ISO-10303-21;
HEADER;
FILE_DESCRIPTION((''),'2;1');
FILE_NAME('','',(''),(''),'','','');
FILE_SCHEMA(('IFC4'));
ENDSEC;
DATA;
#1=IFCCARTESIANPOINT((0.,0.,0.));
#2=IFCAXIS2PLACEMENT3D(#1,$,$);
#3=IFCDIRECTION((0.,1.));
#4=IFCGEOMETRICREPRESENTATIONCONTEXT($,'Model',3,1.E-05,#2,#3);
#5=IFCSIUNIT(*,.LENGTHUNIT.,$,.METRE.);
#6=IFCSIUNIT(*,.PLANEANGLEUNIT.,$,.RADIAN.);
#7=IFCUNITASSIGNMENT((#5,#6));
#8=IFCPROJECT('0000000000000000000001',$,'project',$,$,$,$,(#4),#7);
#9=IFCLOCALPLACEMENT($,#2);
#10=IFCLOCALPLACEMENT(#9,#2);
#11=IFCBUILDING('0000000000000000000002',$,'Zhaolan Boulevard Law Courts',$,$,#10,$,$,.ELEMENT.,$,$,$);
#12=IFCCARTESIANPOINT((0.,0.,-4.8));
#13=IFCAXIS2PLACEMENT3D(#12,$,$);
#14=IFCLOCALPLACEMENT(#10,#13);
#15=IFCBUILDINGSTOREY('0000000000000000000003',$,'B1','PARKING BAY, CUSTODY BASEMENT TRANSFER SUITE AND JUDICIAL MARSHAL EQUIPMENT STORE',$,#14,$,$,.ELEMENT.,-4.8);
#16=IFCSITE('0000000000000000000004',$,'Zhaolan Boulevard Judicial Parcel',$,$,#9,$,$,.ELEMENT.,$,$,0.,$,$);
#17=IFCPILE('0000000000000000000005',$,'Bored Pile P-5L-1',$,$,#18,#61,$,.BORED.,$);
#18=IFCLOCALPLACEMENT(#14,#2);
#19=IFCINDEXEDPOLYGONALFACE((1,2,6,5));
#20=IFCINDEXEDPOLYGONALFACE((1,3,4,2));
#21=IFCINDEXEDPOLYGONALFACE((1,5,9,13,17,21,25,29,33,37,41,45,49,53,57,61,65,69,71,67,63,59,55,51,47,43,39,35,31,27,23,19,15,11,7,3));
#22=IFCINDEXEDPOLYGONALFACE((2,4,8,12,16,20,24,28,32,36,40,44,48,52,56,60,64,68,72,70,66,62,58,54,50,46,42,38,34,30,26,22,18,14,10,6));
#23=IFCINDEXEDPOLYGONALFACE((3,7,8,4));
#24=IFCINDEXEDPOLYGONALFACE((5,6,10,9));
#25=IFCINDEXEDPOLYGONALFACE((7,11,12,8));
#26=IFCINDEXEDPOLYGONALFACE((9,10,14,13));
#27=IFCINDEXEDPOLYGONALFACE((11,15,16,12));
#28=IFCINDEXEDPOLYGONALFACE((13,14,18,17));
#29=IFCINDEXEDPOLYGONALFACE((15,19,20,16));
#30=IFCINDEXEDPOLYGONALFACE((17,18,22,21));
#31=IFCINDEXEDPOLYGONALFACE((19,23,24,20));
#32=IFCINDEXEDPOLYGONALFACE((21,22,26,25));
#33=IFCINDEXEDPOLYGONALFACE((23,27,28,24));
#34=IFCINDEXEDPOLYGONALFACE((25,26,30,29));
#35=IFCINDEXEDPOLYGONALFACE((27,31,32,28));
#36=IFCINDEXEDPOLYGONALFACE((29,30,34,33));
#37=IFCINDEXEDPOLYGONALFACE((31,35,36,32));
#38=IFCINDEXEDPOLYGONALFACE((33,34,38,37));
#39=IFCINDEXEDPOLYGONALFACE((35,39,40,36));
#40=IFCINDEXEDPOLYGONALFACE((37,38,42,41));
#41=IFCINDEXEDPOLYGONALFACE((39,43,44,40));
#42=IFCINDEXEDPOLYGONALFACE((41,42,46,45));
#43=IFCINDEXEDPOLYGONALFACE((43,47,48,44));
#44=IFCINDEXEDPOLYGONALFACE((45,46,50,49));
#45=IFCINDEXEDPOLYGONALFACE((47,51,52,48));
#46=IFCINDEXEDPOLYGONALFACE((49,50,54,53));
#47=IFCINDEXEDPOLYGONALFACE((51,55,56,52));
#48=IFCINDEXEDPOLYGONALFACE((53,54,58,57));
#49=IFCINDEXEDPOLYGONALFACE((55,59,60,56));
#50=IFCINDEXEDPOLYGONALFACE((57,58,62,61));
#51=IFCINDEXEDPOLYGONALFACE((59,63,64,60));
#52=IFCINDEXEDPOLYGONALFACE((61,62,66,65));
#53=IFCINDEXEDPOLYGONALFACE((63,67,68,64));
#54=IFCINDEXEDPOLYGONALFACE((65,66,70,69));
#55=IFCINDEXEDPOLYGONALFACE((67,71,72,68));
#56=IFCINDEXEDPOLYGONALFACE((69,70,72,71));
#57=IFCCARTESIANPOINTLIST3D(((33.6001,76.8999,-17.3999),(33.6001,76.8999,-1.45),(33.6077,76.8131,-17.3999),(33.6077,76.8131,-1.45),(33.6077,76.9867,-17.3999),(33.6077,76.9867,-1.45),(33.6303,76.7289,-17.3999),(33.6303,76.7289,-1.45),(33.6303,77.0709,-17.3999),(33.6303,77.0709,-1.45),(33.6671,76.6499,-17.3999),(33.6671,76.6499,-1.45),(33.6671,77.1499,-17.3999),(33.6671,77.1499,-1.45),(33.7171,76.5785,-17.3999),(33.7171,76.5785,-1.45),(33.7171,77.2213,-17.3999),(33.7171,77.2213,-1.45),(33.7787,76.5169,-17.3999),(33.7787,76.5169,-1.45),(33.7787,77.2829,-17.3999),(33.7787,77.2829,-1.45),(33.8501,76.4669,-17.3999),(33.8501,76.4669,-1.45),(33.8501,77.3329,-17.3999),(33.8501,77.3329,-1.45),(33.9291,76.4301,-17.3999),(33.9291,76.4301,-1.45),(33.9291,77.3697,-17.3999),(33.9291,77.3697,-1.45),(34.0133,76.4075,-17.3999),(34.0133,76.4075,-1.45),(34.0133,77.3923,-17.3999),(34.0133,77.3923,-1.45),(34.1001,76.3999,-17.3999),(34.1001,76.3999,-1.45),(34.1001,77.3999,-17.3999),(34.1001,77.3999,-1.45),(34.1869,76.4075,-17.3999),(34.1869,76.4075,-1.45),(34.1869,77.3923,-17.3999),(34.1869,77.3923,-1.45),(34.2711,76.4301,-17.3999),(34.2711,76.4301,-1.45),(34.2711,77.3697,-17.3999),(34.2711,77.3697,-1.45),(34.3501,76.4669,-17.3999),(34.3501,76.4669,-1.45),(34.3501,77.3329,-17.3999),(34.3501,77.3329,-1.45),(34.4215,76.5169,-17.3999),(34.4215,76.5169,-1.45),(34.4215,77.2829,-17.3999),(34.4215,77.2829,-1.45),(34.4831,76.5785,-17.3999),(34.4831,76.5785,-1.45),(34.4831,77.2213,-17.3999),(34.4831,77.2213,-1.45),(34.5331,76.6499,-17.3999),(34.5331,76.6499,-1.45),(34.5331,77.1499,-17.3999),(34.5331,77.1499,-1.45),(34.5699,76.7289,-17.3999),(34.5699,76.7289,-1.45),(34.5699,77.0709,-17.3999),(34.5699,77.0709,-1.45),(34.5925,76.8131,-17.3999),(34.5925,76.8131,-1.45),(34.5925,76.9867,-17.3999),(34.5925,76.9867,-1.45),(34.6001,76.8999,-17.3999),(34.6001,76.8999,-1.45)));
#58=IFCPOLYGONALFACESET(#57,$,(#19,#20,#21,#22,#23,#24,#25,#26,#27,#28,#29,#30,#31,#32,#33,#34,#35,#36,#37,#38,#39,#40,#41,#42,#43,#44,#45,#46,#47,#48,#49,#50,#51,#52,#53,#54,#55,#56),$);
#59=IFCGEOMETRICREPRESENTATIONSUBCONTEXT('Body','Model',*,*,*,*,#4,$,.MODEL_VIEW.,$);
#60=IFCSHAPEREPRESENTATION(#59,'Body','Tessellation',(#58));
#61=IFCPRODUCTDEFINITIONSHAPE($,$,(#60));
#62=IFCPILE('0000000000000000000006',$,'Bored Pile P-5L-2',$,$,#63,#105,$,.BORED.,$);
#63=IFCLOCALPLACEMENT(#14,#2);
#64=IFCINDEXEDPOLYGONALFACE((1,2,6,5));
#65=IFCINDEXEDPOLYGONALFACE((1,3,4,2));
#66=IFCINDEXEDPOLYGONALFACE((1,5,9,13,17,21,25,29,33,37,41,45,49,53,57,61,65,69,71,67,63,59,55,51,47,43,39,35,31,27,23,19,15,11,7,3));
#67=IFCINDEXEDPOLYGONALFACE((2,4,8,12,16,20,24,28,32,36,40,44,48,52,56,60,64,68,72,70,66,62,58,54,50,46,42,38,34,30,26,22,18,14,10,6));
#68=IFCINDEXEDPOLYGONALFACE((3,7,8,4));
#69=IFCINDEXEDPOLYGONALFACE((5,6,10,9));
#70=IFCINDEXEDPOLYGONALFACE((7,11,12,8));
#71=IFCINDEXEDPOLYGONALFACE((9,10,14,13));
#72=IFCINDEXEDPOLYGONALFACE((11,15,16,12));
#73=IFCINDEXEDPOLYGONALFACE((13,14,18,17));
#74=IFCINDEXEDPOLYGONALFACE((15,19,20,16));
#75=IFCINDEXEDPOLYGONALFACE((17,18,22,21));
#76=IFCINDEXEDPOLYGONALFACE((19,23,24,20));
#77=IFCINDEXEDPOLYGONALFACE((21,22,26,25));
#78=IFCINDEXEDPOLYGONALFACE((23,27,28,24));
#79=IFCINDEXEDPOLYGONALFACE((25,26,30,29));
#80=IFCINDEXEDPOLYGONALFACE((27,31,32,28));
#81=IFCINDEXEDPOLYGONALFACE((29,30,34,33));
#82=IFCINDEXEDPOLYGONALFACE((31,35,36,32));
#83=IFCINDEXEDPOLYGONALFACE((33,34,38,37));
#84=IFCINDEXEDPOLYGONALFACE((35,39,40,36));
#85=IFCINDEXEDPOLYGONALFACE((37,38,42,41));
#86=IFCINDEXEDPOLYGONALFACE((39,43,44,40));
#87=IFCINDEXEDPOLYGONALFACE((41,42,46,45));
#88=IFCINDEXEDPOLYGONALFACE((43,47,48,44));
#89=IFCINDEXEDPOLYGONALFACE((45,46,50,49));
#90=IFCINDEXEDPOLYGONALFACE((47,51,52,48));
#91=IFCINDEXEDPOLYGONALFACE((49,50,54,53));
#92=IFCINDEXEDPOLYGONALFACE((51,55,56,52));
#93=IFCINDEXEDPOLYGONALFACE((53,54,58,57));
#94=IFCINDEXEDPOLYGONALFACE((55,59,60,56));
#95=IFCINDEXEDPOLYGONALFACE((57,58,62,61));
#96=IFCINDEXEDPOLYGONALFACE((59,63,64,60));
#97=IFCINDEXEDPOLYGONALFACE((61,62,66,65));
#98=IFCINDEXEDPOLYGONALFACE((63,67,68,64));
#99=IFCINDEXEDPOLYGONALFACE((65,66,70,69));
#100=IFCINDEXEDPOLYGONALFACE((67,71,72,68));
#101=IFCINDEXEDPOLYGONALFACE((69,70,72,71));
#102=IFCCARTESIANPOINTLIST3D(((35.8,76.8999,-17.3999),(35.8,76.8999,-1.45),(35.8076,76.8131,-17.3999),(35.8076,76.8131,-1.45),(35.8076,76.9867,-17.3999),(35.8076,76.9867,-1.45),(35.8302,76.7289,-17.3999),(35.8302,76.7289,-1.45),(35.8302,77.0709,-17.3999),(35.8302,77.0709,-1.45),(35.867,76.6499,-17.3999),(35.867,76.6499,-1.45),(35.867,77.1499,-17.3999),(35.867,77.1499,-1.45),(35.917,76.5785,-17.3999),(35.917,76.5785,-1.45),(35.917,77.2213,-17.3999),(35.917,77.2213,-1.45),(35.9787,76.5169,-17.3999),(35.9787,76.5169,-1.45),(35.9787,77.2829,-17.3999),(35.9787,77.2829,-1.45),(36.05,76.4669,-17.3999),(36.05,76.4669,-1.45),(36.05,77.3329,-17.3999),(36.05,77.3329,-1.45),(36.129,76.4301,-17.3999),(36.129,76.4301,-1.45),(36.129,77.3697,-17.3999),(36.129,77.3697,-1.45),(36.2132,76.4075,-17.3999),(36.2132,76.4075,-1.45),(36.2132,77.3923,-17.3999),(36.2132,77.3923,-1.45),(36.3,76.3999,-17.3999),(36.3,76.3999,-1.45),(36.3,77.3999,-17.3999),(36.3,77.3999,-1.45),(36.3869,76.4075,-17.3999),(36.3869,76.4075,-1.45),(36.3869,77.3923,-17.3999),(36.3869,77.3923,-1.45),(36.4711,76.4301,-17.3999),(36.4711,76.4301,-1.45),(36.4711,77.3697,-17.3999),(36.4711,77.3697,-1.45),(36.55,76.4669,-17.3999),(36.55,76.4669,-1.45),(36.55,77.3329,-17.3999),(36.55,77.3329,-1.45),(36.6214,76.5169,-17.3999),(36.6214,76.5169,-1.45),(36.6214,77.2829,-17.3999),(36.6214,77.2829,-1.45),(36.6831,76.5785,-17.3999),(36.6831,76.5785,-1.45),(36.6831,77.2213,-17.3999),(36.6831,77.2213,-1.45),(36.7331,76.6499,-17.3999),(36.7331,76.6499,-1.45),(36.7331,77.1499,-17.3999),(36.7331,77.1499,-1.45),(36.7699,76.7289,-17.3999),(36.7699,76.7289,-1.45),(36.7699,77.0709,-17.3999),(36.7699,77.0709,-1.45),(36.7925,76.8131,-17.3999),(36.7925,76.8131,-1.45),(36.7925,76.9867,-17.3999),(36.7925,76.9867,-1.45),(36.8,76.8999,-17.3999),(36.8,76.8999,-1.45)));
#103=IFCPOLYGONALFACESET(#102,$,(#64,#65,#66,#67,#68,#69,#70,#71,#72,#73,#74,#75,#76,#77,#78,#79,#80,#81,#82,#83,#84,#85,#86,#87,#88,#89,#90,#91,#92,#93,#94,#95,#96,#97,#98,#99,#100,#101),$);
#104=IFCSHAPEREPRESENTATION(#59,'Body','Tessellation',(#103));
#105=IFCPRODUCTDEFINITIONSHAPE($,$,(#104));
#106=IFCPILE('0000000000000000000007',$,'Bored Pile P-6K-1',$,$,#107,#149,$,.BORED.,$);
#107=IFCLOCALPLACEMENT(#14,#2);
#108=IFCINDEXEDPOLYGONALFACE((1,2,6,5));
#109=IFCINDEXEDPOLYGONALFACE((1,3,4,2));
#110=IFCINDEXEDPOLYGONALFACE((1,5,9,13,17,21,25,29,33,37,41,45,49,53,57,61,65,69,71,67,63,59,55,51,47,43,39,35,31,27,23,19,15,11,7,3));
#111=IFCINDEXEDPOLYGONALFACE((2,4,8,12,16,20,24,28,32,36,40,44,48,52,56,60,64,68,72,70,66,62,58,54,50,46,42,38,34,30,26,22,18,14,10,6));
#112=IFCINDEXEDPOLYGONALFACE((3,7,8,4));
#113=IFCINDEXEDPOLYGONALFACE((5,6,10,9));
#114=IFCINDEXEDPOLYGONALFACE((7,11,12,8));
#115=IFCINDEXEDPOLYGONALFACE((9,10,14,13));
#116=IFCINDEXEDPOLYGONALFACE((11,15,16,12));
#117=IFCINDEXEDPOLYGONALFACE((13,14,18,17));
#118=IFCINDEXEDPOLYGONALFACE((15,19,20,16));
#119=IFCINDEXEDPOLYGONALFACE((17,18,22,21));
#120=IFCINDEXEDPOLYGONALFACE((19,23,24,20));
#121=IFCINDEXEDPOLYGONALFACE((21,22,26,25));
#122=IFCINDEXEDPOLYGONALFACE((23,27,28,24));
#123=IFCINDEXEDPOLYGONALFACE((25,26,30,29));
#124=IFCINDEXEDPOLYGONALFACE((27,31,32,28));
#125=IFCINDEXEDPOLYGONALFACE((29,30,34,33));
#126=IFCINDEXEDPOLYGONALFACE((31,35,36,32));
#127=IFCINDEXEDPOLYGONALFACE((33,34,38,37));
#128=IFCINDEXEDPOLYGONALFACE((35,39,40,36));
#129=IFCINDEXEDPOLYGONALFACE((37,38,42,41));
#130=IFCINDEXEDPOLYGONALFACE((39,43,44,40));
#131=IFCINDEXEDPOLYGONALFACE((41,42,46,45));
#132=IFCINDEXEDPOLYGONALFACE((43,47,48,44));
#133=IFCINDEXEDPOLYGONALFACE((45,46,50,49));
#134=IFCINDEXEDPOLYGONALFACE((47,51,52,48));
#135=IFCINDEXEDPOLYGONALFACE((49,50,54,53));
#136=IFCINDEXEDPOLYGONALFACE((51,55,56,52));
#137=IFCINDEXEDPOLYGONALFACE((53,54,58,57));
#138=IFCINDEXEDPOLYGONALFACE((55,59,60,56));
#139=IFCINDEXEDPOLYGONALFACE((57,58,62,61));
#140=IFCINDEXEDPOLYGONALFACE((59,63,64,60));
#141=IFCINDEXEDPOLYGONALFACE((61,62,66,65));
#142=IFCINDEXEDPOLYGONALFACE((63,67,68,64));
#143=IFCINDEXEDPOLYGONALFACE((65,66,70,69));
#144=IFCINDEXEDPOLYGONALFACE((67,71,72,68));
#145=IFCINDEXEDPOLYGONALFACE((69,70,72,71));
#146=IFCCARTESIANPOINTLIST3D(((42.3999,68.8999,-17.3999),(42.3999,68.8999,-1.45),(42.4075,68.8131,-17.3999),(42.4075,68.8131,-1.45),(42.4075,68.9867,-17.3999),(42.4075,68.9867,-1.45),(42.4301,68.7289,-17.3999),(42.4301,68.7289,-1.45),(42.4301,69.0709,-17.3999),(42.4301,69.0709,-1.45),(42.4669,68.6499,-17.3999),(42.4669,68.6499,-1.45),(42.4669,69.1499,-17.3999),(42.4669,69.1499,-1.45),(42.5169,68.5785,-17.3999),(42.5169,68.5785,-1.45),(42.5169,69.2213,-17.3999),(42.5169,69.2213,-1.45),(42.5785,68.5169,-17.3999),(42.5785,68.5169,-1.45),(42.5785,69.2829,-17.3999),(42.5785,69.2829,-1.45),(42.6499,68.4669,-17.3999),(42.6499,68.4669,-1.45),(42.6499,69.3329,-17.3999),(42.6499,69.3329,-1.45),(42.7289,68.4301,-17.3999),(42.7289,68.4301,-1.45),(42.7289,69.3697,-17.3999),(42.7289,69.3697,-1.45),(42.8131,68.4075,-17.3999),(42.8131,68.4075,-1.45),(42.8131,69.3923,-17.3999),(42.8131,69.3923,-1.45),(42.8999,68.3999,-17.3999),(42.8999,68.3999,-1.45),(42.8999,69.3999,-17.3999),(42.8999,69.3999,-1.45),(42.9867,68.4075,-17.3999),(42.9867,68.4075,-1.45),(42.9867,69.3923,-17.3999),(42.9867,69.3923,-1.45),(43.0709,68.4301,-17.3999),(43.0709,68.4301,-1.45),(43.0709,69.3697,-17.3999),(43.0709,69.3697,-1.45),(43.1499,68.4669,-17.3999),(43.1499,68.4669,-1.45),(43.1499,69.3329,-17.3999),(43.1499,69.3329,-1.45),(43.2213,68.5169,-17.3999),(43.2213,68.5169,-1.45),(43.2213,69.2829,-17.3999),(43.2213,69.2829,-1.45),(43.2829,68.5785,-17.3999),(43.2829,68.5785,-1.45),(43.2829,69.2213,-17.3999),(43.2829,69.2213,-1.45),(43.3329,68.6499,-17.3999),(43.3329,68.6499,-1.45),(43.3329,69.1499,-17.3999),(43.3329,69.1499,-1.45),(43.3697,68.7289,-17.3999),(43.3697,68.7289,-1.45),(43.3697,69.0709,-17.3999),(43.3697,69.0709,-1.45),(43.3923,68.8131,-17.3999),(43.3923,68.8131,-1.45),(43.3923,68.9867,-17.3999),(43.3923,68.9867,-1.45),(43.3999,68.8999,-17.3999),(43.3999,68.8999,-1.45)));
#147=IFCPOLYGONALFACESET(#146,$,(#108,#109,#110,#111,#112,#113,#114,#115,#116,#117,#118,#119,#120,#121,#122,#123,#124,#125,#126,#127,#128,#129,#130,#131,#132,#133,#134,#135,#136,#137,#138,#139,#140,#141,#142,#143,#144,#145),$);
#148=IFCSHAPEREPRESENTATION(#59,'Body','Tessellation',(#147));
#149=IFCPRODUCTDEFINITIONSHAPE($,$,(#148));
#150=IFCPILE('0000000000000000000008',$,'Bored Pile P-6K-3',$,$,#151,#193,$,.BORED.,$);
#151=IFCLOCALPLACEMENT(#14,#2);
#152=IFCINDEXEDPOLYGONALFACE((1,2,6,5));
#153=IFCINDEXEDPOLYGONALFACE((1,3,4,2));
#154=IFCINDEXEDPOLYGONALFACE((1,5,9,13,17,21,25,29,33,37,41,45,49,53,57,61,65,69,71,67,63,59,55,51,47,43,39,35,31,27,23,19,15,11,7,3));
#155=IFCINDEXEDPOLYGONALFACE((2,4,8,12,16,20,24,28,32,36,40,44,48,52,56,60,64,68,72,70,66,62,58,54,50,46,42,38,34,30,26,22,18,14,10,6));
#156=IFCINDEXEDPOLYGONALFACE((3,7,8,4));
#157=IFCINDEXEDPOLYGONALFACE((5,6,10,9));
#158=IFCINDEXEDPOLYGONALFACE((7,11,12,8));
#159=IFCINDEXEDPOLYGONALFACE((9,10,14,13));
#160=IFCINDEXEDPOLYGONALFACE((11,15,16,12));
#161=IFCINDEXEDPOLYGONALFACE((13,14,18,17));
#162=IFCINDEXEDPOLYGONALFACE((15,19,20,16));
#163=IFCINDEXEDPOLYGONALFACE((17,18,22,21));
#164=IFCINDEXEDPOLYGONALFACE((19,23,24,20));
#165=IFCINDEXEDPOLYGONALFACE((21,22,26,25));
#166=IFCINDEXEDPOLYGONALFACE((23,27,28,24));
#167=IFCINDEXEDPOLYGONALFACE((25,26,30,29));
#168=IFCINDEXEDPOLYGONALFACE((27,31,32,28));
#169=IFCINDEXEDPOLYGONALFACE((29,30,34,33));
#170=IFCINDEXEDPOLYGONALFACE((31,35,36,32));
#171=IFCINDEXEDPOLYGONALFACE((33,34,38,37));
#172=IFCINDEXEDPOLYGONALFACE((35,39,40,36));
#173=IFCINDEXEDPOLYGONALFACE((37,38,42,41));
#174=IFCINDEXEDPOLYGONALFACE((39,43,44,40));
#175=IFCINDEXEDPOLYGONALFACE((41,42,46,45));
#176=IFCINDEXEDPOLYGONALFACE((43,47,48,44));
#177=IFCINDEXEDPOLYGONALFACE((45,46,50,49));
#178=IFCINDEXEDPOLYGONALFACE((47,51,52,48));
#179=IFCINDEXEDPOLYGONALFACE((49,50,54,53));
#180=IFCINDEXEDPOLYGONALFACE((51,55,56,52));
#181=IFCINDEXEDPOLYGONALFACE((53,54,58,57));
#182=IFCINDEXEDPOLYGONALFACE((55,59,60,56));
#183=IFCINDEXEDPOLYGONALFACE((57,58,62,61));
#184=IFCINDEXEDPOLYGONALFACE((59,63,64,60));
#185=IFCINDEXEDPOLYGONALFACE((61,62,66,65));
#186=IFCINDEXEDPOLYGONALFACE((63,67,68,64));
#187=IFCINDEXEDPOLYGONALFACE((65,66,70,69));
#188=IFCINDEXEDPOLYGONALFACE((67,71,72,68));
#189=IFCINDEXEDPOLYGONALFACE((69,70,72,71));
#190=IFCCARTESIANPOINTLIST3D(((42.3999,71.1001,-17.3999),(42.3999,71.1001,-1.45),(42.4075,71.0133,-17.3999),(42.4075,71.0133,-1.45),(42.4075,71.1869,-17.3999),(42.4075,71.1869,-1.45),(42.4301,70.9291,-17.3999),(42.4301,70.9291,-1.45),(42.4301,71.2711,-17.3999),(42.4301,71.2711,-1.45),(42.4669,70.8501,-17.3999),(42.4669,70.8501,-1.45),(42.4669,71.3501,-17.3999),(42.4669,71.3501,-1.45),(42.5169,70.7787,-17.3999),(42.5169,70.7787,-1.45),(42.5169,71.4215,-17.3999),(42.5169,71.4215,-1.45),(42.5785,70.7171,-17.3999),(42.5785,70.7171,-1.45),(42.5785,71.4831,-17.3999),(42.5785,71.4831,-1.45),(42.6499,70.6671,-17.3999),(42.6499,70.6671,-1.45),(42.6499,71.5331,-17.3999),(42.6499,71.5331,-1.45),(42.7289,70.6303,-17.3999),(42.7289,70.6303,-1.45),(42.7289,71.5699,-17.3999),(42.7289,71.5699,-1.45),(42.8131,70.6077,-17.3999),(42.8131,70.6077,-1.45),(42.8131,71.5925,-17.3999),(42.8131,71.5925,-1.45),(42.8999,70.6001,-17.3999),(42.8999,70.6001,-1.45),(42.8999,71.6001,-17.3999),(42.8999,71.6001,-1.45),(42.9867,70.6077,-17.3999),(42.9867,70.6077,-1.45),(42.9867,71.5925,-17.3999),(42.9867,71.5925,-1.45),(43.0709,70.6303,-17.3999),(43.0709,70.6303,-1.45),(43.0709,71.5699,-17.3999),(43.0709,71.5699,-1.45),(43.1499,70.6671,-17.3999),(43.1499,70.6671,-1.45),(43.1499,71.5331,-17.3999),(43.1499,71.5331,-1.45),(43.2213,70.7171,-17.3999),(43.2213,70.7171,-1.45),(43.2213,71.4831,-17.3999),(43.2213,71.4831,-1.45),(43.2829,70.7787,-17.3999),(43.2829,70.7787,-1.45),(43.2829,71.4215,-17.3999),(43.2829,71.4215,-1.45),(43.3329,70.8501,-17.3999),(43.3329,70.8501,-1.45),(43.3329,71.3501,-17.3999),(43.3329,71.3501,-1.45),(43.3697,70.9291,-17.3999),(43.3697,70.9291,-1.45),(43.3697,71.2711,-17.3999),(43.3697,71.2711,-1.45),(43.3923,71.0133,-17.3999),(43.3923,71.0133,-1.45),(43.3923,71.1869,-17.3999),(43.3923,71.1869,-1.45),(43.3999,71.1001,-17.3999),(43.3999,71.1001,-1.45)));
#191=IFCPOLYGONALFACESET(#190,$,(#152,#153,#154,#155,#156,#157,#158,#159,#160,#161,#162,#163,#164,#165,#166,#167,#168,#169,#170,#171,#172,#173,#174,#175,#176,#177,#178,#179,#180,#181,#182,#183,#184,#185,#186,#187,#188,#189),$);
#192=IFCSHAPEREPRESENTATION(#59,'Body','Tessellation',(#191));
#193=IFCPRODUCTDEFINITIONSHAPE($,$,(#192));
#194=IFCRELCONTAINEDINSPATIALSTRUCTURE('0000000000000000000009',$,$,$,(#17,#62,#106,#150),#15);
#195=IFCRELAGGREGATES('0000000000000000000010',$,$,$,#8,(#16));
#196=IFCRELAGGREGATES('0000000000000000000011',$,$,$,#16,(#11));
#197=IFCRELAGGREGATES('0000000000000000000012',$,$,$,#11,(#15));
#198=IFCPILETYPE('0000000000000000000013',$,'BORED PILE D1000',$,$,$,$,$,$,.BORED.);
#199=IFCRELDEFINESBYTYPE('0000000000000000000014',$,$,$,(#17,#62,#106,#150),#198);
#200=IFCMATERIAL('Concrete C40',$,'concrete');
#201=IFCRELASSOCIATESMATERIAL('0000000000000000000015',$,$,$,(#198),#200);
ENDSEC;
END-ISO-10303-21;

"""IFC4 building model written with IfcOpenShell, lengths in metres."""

from ifc_helpers import new_model, si_unit, direction, frame, origin, origin_2d, place, context, subcontext, project, spatial, circle, extrude, material, material_profile, profile_set, type_object, element, save


model = new_model("IFC4")

# Units and contexts
model_context = context("Model", 3, precision=1e-05, world=origin(), true_north=direction((0.0, 1.0)))
body_context = subcontext(model_context, "Body", "Model", "MODEL_VIEW")
ifc_project = project(units=[si_unit("LENGTHUNIT", "METRE"), si_unit("PLANEANGLEUNIT", "RADIAN")], contexts=[model_context])

# Site, building, storey
site_placement = place(None, origin())
site = spatial("IfcSite", under=ifc_project, at=site_placement, Name="Zhaolan Boulevard Judicial Parcel", CompositionType="ELEMENT", RefElevation=0.0)
building_placement = place(site_placement, origin())
building = spatial("IfcBuilding", under=site, at=building_placement, Name="Zhaolan Boulevard Law Courts", CompositionType="ELEMENT")
storey_placement = place(building_placement, frame((0.0, 0.0, -4.8)))
storey = spatial("IfcBuildingStorey", under=building, at=storey_placement, Name="B1", Description="PARKING BAY, CUSTODY BASEMENT TRANSFER SUITE AND JUDICIAL MARSHAL EQUIPMENT STORE", CompositionType="ELEMENT", Elevation=-4.8)

# Piles
ifc_material_1 = material(Name="Concrete C40", Category="concrete")
ifc_material_profile_1 = material_profile(ifc_material_1, circle(Radius=0.5, at=origin_2d()), Name="PILE-D1000")
ifc_profile_set_1 = profile_set([ifc_material_profile_1], Name="Concrete C40")
pile_type_1 = type_object("IfcPileType", Name="BORED PILE D1000", PredefinedType="BORED", material=ifc_profile_set_1)
for number, where, z_axis, x_axis, name in (
    (1, (34.1001, 76.8999, -1.45), (0.0, 0.0, -1.0), (1.0, 0.0, 0.0), "Bored Pile P-5L-1"),
    (2, (36.3, 76.8999, -1.45), (0.0, 0.0, -1.0), (1.0, 0.0, 0.0), "Bored Pile P-5L-2"),
    (3, (42.8999, 68.8999, -1.45), (0.0, 0.0, -1.0), (1.0, 0.0, 0.0), "Bored Pile P-6K-1"),
    (4, (42.8999, 71.1001, -1.45), (0.0, 0.0, -1.0), (1.0, 0.0, 0.0), "Bored Pile P-6K-3"),
):
    element("IfcPile", number, at=place(storey_placement, frame(where, z_axis=z_axis, x_axis=x_axis)), inside=storey, type_object=pile_type_1, Name=name, PredefinedType="BORED", context=body_context, shape_type="SweptSolid", body=[
        extrude(circle(Radius=0.5, at=origin_2d()), origin(), (0.0, 0.0, 1.0), 15.95),
    ])

save(model, "model.ifc")
